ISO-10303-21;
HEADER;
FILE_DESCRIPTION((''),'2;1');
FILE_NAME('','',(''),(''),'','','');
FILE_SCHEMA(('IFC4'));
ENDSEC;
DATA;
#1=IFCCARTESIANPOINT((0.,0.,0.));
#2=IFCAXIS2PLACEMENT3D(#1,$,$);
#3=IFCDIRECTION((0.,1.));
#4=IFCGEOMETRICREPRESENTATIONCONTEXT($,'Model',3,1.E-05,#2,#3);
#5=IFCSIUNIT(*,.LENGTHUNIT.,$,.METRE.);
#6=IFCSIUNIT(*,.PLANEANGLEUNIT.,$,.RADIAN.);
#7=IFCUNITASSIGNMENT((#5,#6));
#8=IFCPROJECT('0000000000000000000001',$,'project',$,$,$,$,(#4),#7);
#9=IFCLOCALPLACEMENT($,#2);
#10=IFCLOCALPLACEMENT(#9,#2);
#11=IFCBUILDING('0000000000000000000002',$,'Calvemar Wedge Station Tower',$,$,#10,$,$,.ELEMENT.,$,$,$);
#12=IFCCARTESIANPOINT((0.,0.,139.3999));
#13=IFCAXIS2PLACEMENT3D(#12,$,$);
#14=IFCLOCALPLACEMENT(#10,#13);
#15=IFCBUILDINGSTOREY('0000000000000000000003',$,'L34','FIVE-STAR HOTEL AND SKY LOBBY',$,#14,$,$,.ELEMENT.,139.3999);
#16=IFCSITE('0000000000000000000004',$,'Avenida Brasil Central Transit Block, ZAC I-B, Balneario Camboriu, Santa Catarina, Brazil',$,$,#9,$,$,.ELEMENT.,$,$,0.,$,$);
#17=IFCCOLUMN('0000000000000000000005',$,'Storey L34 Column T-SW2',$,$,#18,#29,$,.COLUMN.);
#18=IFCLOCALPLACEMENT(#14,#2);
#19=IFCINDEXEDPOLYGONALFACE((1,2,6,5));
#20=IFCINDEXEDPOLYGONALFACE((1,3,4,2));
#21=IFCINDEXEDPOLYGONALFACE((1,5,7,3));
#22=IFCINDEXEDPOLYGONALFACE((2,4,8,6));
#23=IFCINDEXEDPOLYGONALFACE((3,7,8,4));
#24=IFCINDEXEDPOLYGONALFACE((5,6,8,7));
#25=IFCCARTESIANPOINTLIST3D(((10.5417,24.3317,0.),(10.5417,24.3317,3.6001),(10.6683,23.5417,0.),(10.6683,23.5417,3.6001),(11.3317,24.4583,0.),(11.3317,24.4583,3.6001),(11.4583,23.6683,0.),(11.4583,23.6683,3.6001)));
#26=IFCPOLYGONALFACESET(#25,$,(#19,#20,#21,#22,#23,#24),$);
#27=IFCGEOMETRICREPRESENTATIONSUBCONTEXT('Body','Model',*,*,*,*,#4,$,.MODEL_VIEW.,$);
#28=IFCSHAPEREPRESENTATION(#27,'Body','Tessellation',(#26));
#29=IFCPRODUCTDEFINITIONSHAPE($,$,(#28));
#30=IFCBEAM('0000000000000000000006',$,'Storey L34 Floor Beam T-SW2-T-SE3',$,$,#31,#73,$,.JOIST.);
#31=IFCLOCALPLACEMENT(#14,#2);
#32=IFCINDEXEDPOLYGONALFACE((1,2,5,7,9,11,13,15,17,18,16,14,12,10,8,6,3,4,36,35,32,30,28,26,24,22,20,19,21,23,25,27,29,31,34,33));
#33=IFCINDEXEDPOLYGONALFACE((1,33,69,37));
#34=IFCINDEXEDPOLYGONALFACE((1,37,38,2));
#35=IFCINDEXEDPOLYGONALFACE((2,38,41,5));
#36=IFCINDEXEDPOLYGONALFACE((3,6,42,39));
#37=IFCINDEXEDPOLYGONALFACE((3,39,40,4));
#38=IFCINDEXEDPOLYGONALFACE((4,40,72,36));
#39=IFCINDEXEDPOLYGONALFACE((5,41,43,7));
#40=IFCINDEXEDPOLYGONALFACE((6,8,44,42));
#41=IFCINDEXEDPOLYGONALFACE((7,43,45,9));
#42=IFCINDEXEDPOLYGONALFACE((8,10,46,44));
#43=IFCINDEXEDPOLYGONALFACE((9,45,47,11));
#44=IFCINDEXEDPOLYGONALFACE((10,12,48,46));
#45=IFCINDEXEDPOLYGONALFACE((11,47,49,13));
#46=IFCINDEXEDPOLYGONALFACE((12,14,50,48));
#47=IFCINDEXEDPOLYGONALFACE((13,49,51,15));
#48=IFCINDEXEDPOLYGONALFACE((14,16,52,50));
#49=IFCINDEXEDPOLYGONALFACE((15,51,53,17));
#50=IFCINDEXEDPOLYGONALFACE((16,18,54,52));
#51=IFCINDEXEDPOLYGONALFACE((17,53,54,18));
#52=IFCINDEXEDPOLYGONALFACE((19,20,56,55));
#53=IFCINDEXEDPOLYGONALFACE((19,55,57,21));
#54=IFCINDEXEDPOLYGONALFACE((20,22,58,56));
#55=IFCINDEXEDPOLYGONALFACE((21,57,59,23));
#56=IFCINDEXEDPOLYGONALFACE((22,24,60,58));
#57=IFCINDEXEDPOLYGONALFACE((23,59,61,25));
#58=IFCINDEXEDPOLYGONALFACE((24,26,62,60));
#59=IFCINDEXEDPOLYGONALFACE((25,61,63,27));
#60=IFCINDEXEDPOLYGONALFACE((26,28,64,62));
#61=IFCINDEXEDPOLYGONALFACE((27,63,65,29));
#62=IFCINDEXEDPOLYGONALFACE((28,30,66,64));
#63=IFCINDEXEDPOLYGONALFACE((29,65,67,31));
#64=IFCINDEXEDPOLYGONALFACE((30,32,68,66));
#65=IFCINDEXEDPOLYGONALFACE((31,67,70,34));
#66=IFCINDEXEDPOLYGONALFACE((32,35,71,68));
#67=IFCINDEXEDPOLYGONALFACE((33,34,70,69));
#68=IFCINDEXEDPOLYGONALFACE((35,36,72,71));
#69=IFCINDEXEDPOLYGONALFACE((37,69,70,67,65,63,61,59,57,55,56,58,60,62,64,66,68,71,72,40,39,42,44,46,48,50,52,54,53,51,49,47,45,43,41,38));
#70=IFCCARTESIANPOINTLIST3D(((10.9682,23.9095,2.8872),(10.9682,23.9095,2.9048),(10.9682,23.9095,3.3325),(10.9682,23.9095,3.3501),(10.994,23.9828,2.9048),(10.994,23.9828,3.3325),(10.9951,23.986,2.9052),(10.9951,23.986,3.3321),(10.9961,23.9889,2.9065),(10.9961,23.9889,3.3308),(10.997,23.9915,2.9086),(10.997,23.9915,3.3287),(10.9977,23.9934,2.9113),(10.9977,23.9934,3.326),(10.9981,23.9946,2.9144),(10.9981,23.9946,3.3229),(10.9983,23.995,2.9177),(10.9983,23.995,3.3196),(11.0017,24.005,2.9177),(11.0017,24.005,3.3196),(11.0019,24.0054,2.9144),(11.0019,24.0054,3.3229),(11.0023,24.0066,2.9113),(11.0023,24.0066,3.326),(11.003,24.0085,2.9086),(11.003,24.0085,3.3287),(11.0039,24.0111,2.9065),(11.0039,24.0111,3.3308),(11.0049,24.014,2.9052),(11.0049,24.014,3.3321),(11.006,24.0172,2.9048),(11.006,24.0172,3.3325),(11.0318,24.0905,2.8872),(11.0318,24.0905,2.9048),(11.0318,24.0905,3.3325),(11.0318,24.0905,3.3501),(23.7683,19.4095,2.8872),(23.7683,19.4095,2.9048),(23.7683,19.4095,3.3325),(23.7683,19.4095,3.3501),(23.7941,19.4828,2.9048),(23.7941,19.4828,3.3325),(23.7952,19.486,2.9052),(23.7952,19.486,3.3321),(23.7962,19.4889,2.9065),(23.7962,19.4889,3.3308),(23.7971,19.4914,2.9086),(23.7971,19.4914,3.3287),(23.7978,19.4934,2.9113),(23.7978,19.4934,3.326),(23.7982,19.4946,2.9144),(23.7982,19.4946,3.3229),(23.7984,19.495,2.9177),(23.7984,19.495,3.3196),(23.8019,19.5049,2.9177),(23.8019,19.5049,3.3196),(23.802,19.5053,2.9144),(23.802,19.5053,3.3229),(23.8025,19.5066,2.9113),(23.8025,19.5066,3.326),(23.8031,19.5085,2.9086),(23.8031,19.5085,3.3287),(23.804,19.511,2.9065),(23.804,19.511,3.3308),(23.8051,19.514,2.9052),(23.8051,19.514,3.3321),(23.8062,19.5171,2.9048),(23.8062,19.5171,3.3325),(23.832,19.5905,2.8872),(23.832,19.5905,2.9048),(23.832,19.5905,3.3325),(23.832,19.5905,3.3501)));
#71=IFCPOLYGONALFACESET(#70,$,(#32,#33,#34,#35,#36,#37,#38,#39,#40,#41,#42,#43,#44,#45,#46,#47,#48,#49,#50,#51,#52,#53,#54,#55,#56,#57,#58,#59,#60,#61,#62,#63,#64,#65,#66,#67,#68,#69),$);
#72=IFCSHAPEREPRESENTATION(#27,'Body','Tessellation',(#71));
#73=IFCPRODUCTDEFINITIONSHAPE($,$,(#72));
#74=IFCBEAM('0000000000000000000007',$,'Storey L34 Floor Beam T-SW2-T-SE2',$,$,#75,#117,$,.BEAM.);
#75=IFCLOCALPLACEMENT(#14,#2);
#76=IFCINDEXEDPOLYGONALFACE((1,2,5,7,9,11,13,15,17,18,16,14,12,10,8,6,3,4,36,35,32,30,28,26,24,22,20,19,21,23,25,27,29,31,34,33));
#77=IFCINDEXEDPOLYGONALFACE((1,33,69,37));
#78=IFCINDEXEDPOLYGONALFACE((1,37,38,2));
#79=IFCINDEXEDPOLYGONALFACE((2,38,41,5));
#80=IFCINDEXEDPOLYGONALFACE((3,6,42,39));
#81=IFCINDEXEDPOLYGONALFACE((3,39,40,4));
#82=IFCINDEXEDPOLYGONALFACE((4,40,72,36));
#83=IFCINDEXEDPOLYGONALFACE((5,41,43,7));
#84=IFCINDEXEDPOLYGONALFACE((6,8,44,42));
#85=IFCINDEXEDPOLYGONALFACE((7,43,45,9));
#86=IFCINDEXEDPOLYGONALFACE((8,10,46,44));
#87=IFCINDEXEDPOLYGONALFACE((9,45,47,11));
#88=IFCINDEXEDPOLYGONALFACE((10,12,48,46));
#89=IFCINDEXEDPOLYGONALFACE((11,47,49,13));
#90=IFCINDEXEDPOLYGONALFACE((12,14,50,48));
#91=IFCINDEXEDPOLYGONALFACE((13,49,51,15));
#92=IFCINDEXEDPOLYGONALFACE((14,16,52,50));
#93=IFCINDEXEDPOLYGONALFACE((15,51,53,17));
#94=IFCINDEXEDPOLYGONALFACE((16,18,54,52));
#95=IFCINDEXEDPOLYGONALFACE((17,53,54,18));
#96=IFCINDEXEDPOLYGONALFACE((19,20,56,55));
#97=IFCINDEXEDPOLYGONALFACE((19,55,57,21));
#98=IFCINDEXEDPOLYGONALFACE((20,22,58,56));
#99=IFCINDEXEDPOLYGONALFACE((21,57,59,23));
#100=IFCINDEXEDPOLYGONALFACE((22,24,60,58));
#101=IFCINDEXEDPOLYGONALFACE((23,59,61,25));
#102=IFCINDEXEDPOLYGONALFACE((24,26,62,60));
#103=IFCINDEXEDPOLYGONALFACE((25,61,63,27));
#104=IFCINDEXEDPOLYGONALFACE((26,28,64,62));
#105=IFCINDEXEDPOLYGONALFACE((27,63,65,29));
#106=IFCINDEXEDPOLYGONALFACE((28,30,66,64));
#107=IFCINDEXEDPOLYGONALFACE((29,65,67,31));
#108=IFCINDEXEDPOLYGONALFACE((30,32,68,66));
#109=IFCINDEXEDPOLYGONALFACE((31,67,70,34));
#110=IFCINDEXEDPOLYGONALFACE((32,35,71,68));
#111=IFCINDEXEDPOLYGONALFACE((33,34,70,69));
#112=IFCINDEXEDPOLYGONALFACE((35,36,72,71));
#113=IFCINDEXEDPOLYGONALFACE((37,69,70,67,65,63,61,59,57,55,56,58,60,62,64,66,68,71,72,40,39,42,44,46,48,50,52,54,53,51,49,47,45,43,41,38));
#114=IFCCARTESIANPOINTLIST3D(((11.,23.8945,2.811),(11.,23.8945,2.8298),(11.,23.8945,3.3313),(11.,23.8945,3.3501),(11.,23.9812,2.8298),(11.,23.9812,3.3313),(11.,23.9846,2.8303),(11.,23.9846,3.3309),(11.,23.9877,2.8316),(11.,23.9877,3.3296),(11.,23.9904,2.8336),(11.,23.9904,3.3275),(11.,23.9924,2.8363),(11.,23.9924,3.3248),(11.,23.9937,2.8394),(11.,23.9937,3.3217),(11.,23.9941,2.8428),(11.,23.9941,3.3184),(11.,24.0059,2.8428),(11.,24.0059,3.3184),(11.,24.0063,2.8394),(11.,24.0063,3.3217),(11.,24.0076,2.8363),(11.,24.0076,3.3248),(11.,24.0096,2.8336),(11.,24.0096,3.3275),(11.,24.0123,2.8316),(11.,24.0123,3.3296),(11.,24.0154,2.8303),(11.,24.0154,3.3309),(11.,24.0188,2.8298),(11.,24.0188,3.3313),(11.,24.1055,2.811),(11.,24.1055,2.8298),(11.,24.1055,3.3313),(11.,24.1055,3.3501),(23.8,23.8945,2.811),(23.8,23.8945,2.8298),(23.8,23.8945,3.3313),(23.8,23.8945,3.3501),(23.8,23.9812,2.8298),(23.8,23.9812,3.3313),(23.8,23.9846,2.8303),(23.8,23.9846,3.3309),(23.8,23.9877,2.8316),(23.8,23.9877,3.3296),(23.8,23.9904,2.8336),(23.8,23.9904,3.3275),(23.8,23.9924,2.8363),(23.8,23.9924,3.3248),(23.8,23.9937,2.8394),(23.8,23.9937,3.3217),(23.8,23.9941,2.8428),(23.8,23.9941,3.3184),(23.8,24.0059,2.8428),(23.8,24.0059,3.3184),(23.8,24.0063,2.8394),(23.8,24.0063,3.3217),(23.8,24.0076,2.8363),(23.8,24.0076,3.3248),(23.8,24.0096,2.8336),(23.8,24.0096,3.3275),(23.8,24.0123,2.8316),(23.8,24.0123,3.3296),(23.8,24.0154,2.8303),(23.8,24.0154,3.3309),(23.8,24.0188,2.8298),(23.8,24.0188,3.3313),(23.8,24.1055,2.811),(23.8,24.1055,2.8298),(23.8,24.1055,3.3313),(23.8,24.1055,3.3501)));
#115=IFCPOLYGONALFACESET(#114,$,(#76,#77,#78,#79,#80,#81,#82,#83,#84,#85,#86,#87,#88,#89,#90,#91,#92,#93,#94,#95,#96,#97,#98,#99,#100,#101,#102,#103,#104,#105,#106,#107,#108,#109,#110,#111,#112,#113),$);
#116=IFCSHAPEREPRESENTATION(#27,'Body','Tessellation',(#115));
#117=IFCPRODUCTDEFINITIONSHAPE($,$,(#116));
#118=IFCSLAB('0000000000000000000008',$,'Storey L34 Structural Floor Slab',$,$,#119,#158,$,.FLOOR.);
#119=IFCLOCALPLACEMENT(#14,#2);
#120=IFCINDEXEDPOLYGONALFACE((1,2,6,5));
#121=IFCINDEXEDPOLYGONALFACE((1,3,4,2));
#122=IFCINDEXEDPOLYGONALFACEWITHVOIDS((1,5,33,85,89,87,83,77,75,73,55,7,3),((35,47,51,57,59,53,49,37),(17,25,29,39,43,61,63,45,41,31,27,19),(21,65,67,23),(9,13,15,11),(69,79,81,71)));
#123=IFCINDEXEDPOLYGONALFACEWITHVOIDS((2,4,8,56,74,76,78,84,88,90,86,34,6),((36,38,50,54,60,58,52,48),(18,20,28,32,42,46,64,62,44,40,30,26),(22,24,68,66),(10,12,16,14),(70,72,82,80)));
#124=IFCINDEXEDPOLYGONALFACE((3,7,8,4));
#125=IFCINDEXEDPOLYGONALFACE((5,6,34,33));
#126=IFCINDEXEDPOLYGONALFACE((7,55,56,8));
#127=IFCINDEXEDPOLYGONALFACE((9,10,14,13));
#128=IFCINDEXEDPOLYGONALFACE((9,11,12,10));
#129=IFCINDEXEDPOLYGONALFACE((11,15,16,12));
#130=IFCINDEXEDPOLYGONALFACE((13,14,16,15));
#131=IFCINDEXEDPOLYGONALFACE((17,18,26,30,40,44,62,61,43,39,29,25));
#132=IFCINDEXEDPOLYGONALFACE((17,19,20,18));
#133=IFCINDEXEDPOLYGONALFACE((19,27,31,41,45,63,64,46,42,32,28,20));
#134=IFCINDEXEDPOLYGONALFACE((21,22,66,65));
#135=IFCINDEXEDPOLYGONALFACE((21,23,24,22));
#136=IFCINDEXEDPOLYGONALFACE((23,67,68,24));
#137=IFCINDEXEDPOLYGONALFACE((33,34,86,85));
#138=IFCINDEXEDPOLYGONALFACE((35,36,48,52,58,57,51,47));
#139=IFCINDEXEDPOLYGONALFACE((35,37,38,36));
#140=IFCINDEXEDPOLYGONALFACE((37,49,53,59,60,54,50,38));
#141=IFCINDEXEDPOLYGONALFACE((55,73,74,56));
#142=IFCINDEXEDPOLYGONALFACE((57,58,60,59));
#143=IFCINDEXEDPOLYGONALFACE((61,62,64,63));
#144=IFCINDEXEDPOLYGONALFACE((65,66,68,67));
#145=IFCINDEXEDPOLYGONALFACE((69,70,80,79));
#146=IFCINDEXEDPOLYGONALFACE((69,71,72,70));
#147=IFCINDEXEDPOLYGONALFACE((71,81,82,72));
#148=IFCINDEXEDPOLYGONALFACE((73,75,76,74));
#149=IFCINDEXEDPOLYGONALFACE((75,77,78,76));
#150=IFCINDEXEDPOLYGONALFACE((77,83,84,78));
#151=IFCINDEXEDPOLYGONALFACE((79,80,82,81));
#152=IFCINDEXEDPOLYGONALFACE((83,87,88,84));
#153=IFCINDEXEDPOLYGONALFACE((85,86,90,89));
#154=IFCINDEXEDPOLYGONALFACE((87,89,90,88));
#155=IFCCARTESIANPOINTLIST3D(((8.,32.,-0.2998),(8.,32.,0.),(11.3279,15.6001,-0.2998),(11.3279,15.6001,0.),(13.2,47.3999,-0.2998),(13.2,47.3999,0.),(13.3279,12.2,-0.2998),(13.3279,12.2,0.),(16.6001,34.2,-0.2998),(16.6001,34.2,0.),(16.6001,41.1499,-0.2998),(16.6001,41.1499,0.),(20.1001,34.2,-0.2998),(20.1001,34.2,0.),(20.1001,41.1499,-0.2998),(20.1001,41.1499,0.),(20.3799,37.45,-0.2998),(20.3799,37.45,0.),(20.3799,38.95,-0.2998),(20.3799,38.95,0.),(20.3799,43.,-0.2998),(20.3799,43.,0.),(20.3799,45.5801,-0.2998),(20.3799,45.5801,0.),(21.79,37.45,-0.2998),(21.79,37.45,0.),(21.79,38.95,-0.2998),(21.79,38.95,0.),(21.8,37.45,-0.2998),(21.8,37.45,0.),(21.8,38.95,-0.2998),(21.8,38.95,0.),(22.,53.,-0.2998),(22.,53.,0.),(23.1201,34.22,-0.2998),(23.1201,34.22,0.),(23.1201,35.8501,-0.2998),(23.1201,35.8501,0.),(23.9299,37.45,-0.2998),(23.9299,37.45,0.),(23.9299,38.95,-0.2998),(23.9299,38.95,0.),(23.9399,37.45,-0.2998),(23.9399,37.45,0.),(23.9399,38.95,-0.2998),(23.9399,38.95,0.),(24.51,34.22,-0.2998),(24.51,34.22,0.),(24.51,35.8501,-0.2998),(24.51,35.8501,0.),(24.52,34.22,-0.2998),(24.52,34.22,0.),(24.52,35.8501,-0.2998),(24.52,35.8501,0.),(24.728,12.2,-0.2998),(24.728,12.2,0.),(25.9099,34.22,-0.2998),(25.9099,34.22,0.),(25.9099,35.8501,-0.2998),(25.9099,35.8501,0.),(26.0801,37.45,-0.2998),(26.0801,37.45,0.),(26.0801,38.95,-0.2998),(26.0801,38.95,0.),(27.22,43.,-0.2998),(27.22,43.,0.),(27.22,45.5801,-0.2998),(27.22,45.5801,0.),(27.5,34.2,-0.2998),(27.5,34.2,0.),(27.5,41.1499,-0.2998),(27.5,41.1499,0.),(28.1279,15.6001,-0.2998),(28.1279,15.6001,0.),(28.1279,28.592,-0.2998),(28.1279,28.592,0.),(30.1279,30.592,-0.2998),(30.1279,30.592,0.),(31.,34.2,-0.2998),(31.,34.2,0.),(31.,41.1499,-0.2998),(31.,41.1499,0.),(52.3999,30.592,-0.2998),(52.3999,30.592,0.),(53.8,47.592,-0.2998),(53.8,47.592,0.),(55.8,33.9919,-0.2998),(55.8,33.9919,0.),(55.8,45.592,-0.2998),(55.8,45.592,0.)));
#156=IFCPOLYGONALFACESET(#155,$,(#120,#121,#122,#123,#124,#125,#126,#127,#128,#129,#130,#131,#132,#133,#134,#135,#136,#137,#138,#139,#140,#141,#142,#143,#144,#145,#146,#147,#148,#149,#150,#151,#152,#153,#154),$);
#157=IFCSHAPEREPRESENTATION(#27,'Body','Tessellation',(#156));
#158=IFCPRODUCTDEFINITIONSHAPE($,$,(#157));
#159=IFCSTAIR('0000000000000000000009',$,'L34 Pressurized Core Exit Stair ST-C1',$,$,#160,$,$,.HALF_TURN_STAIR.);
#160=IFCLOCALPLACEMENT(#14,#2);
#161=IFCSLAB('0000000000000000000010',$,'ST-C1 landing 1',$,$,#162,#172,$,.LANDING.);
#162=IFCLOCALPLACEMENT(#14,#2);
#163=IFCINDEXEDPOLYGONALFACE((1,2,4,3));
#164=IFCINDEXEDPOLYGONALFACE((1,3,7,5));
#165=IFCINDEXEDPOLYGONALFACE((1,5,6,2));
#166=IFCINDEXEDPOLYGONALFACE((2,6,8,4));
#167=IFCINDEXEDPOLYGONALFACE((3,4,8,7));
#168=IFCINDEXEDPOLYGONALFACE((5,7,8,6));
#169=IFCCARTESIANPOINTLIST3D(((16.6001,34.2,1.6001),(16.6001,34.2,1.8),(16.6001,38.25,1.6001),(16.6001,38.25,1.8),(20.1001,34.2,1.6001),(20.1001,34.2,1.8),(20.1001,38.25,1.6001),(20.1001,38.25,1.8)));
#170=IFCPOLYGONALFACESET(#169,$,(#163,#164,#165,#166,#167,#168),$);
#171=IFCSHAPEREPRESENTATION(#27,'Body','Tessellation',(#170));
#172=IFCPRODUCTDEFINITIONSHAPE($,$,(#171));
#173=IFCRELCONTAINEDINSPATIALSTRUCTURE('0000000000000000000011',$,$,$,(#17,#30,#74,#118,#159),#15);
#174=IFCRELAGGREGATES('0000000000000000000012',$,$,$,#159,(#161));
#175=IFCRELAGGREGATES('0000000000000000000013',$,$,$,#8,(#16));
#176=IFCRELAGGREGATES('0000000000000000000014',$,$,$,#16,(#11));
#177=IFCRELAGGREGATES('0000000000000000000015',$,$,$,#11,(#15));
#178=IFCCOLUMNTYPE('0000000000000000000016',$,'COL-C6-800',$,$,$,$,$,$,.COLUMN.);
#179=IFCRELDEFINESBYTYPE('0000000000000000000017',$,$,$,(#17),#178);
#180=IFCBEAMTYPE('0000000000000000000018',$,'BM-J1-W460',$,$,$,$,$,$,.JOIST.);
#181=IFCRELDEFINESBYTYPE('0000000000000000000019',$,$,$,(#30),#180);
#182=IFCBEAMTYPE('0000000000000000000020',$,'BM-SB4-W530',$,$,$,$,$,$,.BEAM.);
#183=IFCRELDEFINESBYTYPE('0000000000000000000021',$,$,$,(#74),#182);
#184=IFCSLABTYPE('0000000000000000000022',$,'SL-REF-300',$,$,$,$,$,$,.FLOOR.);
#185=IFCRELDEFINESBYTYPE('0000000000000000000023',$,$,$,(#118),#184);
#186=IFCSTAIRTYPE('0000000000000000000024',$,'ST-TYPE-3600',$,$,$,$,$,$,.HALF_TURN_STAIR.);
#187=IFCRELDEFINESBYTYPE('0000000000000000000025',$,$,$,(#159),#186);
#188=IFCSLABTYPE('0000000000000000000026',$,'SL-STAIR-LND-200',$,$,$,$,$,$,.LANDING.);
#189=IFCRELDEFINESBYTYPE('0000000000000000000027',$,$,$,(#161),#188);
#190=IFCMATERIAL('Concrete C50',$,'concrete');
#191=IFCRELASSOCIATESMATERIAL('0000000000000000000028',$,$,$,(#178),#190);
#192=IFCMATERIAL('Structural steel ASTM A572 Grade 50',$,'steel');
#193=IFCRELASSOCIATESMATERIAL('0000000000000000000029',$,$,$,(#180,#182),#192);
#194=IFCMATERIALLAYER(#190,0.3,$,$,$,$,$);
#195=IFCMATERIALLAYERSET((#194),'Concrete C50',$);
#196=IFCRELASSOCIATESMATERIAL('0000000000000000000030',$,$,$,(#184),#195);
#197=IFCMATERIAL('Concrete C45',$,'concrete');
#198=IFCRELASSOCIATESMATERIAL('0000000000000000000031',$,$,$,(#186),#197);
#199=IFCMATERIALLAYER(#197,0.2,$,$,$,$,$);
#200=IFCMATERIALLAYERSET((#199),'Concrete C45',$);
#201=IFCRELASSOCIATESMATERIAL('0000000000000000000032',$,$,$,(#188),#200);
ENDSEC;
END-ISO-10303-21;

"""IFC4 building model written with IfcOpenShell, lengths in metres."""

from ifc_helpers import new_model, si_unit, direction, frame, origin, origin_2d, place, context, subcontext, project, spatial, polyline, rectangle, i_section, outline, extrude, source, transform, mapped, material, layer, layer_set, material_profile, profile_set, type_object, element, aggregate, save


model = new_model("IFC4")

# Units and contexts
model_context = context("Model", 3, precision=1e-05, world=origin(), true_north=direction((0.0, 1.0)))
body_context = subcontext(model_context, "Body", "Model", "MODEL_VIEW")
ifc_project = project(units=[si_unit("LENGTHUNIT", "METRE"), si_unit("PLANEANGLEUNIT", "RADIAN")], contexts=[model_context])

# Site, building, storey
site_placement = place(None, origin())
site = spatial("IfcSite", under=ifc_project, at=site_placement, Name="Avenida Brasil Central Transit Block, ZAC I-B, Balneario Camboriu, Santa Catarina, Brazil", CompositionType="ELEMENT", RefElevation=0.0)
building_placement = place(site_placement, origin())
building = spatial("IfcBuilding", under=site, at=building_placement, Name="Calvemar Wedge Station Tower", CompositionType="ELEMENT")
storey_placement = place(building_placement, frame((0.0, 0.0, 139.3999)))
storey = spatial("IfcBuildingStorey", under=building, at=storey_placement, Name="L34", Description="FIVE-STAR HOTEL AND SKY LOBBY", CompositionType="ELEMENT", Elevation=139.3999)

# Column
ifc_material_1 = material(Name="Concrete C50", Category="concrete")
ifc_material_profile_1 = material_profile(ifc_material_1, rectangle(XDim=0.8, YDim=0.8, at=origin_2d()), Name="RC800x800")
ifc_profile_set_1 = profile_set([ifc_material_profile_1], Name="Concrete C50")
column_type = type_object("IfcColumnType", Name="COL-C6-800", PredefinedType="COLUMN", material=ifc_profile_set_1)
shared_shape_1 = source(origin(), body_context, "Body", "SweptSolid", [
    extrude(rectangle(XDim=0.8, YDim=0.8, at=origin_2d()), origin(), (0.0, 0.0, 1.0), 3.6001),
])
column_placement = place(storey_placement, frame((11.0, 24.0, 0.0), z_axis=(0.0, 0.0, 1.0), x_axis=(0.158158, -0.987414, 0.0)))
element("IfcColumn", 1, at=column_placement, inside=storey, type_object=column_type, Name="Storey L34 Column T-SW2", PredefinedType="COLUMN", context=body_context, shape_type="MappedRepresentation", body=[
    mapped(shared_shape_1, transform((0.0, 0.0, 0.0), scale=1.0)),
])

# Beams
ifc_material_2 = material(Name="Structural steel ASTM A572 Grade 50", Category="steel")
ifc_material_profile_2 = material_profile(ifc_material_2, i_section(OverallWidth=0.1919, OverallDepth=0.4629, WebThickness=0.0105, FlangeThickness=0.0176, FilletRadius=0.0129, at=origin_2d()), Name="W460x89")
ifc_profile_set_2 = profile_set([ifc_material_profile_2], Name="Structural steel ASTM A572 Grade 50")
beam_type_1 = type_object("IfcBeamType", Name="BM-J1-W460", PredefinedType="JOIST", material=ifc_profile_set_2)
shared_shape_2 = source(origin(), body_context, "Body", "SweptSolid", [
    extrude(i_section(OverallWidth=0.1919, OverallDepth=0.4629, WebThickness=0.0105, FlangeThickness=0.0176, FilletRadius=0.0129, at=origin_2d()), origin(), (0.0, 0.0, 1.0), 13.5681),
])
beam_1_placement = place(storey_placement, frame((11.0, 24.0, 3.1187), z_axis=(0.943398, -0.331662, 0.0), x_axis=(0.331662, 0.943398, 0.0)))
element("IfcBeam", 2, at=beam_1_placement, inside=storey, type_object=beam_type_1, Name="Storey L34 Floor Beam T-SW2-T-SE3", PredefinedType="JOIST", context=body_context, shape_type="MappedRepresentation", body=[
    mapped(shared_shape_2, transform((0.0, 0.0, 0.0), scale=1.0)),
])
ifc_material_profile_3 = material_profile(ifc_material_2, i_section(OverallWidth=0.2109, OverallDepth=0.5391, WebThickness=0.0117, FlangeThickness=0.0188, FilletRadius=0.0129, at=origin_2d()), Name="W530x109")
ifc_profile_set_3 = profile_set([ifc_material_profile_3], Name="Structural steel ASTM A572 Grade 50")
beam_type_2 = type_object("IfcBeamType", Name="BM-SB4-W530", PredefinedType="BEAM", material=ifc_profile_set_3)
shared_shape_3 = source(origin(), body_context, "Body", "SweptSolid", [
    extrude(i_section(OverallWidth=0.2109, OverallDepth=0.5391, WebThickness=0.0117, FlangeThickness=0.0188, FilletRadius=0.0129, at=origin_2d()), origin(), (0.0, 0.0, 1.0), 12.8),
])
beam_2_placement = place(storey_placement, frame((11.0, 24.0, 3.0806), z_axis=(1.0, 0.0, 0.0), x_axis=(0.0, 1.0, 0.0)))
element("IfcBeam", 3, at=beam_2_placement, inside=storey, type_object=beam_type_2, Name="Storey L34 Floor Beam T-SW2-T-SE2", PredefinedType="BEAM", context=body_context, shape_type="MappedRepresentation", body=[
    mapped(shared_shape_3, transform((0.0, 0.0, 0.0), scale=1.0)),
])

# Slab
ifc_layer_1 = layer(ifc_material_1, 0.3)
ifc_layer_set_1 = layer_set([ifc_layer_1], Name="Concrete C50")
slab_type_1 = type_object("IfcSlabType", Name="SL-REF-300", PredefinedType="FLOOR", material=ifc_layer_set_1)
slab_1_placement = place(storey_placement, frame((0.0, 0.0, -0.2998)))
element("IfcSlab", 4, at=slab_1_placement, inside=storey, type_object=slab_type_1, Name="Storey L34 Structural Floor Slab", PredefinedType="FLOOR", context=body_context, shape_type="SweptSolid", body=[
    extrude(outline(polyline([(8.0, 32.0), (11.3279, 15.6001), (13.3279, 12.2), (24.728, 12.2), (28.1279, 15.6001), (28.1279, 28.592), (30.1279, 30.592), (52.3999, 30.592), (55.8, 33.9919), (55.8, 45.592), (53.8, 47.592), (22.0, 53.0), (13.2, 47.3999), (8.0, 32.0)]), holes=[polyline([(24.52, 35.8501), (24.51, 35.8501), (23.1201, 35.8501), (23.1201, 34.22), (24.51, 34.22), (24.52, 34.22), (25.9099, 34.22), (25.9099, 35.8501), (24.52, 35.8501)]), polyline([(16.6001, 34.2), (20.1001, 34.2), (20.1001, 41.1499), (16.6001, 41.1499), (16.6001, 34.2)]), polyline([(27.5, 34.2), (31.0, 34.2), (31.0, 41.1499), (27.5, 41.1499), (27.5, 34.2)]), polyline([(21.8, 38.95), (21.79, 38.95), (20.3799, 38.95), (20.3799, 37.45), (21.79, 37.45), (21.8, 37.45), (23.9299, 37.45), (23.9399, 37.45), (26.0801, 37.45), (26.0801, 38.95), (23.9399, 38.95), (23.9299, 38.95), (21.8, 38.95)]), polyline([(27.22, 43.0), (27.22, 45.5801), (20.3799, 45.5801), (20.3799, 43.0), (27.22, 43.0)])]), origin(), (0.0, 0.0, 1.0), 0.2998),
])

# Stair, slab
ifc_material_3 = material(Name="Concrete C45", Category="concrete")
stair_type = type_object("IfcStairType", Name="ST-TYPE-3600", PredefinedType="HALF_TURN_STAIR", material=ifc_material_3)
stair_1_placement = place(storey_placement, origin())
stair_1 = element("IfcStair", 5, at=stair_1_placement, inside=storey, type_object=stair_type, Name="L34 Pressurized Core Exit Stair ST-C1", PredefinedType="HALF_TURN_STAIR")
ifc_layer_2 = layer(ifc_material_3, 0.2)
ifc_layer_set_2 = layer_set([ifc_layer_2], Name="Concrete C45")
slab_type_2 = type_object("IfcSlabType", Name="SL-STAIR-LND-200", PredefinedType="LANDING", material=ifc_layer_set_2)
slab_2_placement = place(storey_placement, frame((0.0, 0.0, 1.6001)))
slab_2 = element("IfcSlab", 6, at=slab_2_placement, type_object=slab_type_2, Name="ST-C1 landing 1", PredefinedType="LANDING", context=body_context, shape_type="SweptSolid", body=[
    extrude(outline(polyline([(16.6001, 38.25), (16.6001, 34.2), (20.1001, 34.2), (20.1001, 38.25), (16.6001, 38.25)])), origin(), (0.0, 0.0, 1.0), 0.2),
])
aggregate(stair_1, [slab_2])

save(model, "model.ifc")
